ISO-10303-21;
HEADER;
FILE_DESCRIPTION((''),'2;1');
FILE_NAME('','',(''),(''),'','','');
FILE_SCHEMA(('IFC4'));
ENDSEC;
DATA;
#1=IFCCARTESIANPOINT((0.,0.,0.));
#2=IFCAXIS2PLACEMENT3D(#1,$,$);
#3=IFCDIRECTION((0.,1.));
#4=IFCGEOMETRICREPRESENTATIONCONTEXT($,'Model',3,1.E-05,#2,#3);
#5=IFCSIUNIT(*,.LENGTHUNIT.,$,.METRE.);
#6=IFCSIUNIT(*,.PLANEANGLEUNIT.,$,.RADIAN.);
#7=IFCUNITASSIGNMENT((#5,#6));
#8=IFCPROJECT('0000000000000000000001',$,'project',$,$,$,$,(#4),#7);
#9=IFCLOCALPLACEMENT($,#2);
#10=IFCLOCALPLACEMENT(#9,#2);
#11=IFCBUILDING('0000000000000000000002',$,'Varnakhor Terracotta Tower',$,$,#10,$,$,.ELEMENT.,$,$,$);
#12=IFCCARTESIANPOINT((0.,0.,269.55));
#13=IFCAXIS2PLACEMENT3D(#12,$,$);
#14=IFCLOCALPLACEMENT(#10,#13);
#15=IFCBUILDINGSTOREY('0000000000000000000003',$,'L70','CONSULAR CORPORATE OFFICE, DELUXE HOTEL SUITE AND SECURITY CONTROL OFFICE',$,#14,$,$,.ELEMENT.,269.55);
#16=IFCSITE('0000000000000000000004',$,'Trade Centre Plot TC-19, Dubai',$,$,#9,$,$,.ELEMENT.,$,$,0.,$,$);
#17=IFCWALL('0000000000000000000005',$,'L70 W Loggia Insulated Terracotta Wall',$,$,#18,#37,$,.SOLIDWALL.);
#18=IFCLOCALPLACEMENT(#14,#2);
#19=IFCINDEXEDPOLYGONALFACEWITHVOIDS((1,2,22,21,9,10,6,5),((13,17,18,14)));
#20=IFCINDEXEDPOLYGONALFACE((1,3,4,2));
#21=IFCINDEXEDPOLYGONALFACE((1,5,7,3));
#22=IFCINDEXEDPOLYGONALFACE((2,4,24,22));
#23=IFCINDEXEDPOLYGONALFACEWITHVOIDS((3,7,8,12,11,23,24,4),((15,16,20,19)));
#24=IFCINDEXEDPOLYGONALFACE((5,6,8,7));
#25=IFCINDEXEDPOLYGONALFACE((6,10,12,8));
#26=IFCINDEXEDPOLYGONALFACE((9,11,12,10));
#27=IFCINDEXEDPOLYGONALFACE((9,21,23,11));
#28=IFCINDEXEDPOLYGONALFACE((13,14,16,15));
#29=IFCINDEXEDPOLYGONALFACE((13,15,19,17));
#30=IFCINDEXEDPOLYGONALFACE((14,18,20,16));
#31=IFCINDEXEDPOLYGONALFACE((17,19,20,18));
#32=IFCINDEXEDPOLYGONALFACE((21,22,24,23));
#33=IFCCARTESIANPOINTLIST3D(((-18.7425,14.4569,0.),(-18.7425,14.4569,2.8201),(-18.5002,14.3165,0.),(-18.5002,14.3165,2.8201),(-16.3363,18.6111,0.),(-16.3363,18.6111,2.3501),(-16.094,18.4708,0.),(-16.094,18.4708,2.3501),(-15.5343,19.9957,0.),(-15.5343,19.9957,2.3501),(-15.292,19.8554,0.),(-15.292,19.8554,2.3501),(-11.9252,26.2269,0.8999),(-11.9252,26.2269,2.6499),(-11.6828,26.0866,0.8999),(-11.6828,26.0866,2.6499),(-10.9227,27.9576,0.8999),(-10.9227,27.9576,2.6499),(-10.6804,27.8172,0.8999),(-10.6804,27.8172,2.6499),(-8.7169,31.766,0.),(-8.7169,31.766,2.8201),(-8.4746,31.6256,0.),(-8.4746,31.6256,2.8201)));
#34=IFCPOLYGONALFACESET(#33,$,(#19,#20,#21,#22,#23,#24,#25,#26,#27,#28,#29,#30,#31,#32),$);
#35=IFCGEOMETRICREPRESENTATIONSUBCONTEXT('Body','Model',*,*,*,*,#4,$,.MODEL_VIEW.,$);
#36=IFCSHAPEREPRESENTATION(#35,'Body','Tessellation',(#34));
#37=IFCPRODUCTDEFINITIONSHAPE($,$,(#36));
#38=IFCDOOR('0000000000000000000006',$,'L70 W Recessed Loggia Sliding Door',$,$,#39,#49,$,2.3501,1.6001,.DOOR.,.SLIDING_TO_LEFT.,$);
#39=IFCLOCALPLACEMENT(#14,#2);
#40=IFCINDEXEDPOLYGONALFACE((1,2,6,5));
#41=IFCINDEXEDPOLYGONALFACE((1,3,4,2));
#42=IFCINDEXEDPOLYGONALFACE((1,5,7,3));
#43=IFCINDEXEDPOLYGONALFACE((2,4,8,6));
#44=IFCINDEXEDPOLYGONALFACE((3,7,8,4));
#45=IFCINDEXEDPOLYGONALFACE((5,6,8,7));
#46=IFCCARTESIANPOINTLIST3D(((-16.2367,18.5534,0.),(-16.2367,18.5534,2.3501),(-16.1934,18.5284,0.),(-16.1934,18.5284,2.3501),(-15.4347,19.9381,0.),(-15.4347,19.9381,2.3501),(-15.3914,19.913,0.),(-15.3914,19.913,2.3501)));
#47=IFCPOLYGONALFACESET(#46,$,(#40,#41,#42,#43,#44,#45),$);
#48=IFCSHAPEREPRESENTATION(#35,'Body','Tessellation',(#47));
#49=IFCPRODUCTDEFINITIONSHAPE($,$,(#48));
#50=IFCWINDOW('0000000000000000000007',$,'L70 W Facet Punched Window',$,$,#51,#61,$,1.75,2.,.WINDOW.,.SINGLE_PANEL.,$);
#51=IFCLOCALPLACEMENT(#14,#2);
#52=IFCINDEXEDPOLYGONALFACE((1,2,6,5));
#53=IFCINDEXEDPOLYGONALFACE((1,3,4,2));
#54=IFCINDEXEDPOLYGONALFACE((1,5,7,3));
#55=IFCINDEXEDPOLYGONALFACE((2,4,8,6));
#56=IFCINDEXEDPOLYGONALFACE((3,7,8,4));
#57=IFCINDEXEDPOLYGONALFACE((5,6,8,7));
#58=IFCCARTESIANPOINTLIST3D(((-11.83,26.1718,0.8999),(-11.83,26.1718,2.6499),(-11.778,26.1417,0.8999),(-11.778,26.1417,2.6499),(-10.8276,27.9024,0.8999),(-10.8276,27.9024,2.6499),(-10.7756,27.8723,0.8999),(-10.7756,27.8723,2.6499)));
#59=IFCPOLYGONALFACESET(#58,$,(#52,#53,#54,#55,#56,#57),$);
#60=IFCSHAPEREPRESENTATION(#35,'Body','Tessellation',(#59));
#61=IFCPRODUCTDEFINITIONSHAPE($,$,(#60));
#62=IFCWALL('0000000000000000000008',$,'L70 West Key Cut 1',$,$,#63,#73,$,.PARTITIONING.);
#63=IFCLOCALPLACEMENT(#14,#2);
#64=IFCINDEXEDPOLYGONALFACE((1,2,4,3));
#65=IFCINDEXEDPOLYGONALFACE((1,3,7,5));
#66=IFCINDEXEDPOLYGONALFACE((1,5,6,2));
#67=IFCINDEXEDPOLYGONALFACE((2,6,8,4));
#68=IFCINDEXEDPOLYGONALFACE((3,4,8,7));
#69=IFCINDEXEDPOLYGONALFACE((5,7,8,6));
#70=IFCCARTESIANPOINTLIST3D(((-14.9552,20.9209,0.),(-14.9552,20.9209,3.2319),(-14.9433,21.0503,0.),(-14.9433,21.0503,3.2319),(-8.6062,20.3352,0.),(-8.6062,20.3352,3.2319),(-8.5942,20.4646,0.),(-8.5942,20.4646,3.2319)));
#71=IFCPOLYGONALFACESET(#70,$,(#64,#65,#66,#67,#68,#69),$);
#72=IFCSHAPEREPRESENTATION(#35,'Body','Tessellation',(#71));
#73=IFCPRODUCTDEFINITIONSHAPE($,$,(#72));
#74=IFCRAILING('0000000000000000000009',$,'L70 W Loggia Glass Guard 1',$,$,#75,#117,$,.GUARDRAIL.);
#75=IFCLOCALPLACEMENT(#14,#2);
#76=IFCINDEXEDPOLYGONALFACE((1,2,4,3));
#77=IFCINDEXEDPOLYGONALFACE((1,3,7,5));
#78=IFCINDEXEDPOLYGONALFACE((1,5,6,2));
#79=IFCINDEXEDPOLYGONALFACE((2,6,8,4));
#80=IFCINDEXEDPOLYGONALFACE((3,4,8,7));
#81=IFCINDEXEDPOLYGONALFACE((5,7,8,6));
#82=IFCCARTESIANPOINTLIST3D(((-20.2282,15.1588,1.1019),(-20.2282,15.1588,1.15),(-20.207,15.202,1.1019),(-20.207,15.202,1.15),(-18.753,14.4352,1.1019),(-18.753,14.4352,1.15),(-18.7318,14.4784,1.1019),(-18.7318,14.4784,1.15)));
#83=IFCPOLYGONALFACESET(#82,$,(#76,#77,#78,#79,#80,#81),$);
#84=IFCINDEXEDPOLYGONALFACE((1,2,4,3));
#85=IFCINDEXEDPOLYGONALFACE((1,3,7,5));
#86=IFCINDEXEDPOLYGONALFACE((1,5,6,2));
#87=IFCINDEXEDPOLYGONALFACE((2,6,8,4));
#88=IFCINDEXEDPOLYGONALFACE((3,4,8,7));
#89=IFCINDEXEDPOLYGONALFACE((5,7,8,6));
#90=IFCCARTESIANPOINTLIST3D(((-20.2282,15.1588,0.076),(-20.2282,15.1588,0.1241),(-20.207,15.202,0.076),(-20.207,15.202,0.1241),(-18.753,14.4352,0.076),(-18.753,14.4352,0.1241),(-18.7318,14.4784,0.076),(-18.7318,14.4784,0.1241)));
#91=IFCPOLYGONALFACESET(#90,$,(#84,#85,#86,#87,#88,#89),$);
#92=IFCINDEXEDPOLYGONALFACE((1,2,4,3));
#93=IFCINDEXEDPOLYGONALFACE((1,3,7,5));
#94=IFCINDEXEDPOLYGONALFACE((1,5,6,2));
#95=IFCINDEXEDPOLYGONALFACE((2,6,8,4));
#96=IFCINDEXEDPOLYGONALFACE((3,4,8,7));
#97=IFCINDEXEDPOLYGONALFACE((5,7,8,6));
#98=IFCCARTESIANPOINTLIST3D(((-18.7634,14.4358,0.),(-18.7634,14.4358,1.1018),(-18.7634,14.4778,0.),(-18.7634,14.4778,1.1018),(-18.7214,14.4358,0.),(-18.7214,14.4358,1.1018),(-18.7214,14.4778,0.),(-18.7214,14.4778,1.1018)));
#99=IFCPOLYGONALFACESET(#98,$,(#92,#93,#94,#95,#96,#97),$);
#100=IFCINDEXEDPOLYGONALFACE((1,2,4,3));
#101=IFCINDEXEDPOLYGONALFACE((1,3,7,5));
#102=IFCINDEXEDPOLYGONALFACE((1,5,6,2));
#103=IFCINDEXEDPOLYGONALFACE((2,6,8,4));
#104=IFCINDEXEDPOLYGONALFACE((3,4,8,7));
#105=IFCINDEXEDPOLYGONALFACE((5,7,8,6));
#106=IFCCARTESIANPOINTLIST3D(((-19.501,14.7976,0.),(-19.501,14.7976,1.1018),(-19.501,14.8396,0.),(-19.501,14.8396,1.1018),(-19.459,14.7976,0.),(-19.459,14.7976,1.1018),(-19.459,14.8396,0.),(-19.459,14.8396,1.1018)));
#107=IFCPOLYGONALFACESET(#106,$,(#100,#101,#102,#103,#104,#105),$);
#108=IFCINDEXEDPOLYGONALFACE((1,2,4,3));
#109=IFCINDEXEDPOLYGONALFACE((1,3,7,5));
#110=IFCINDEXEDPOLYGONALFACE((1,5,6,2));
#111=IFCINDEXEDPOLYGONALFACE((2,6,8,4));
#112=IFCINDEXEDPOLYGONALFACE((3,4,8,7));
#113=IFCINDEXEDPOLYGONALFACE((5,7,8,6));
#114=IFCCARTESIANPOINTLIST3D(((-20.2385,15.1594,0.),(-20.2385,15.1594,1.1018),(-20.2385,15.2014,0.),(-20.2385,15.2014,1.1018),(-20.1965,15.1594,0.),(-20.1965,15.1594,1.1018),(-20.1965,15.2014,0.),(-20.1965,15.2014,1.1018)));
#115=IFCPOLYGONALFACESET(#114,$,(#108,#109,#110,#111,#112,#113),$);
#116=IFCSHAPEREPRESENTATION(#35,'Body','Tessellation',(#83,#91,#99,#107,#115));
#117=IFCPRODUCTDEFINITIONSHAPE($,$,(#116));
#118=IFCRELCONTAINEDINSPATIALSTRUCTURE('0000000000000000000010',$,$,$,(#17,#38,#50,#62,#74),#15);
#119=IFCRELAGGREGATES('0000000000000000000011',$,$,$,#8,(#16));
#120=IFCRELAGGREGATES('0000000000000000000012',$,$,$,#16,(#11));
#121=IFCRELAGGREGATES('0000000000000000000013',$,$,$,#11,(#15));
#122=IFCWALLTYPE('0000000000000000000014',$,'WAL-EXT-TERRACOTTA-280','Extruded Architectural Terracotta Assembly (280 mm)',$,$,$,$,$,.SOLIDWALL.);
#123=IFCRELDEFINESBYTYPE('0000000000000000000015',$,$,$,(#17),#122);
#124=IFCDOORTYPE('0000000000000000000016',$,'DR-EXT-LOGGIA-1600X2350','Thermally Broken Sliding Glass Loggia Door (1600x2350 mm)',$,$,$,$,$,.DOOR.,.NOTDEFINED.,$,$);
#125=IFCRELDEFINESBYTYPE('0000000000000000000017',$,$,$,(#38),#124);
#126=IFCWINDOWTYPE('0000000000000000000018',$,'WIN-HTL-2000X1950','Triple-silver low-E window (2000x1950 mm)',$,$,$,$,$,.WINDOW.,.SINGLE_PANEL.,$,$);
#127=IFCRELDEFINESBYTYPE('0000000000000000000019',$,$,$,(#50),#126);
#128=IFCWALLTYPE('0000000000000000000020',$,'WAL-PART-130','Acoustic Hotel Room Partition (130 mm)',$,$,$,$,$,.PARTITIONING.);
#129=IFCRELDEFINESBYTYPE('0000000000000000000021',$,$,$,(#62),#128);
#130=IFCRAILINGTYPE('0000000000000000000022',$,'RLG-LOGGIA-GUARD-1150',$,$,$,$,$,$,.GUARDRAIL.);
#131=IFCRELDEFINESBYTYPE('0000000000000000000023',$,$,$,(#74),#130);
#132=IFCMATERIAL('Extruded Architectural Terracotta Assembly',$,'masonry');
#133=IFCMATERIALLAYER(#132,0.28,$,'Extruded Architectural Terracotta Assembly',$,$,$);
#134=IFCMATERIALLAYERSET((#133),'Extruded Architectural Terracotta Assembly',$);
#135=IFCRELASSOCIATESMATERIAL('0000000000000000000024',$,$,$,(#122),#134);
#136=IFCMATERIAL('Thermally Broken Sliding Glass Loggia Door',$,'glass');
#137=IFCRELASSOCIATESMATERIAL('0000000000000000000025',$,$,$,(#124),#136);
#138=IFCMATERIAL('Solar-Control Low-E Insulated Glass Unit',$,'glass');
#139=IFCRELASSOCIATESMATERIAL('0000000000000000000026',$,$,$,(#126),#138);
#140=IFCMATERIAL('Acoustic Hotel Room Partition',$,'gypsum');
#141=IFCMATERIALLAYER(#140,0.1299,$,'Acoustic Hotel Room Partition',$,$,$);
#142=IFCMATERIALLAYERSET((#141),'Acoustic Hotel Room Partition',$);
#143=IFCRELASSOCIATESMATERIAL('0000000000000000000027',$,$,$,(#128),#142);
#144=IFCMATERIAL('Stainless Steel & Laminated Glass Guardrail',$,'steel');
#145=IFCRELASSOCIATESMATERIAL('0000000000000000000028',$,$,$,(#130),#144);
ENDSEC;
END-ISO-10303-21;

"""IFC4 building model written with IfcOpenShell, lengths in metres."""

from ifc_helpers import new_model, si_unit, direction, frame, frame_2d, origin, origin_2d, place, context, subcontext, project, spatial, rectangle, extrude, source, transform, mapped, material, layer, layer_set, type_object, type_shapes, element, fill, save


model = new_model("IFC4")

# Units and contexts
model_context = context("Model", 3, precision=1e-05, world=origin(), true_north=direction((0.0, 1.0)))
body_context = subcontext(model_context, "Body", "Model", "MODEL_VIEW")
ifc_project = project(units=[si_unit("LENGTHUNIT", "METRE"), si_unit("PLANEANGLEUNIT", "RADIAN")], contexts=[model_context])

# Site, building, storey
site_placement = place(None, origin())
site = spatial("IfcSite", under=ifc_project, at=site_placement, Name="Trade Centre Plot TC-19, Dubai", CompositionType="ELEMENT", RefElevation=0.0)
building_placement = place(site_placement, origin())
building = spatial("IfcBuilding", under=site, at=building_placement, Name="Varnakhor Terracotta Tower", CompositionType="ELEMENT")
storey_placement = place(building_placement, frame((0.0, 0.0, 269.55)))
storey = spatial("IfcBuildingStorey", under=building, at=storey_placement, Name="L70", Description="CONSULAR CORPORATE OFFICE, DELUXE HOTEL SUITE AND SECURITY CONTROL OFFICE", CompositionType="ELEMENT", Elevation=269.55)

# Wall, openings, door, window
ifc_material_1 = material(Name="Extruded Architectural Terracotta Assembly", Category="masonry")
ifc_layer_1 = layer(ifc_material_1, 0.28, Name="Extruded Architectural Terracotta Assembly")
ifc_layer_set_1 = layer_set([ifc_layer_1], Name="Extruded Architectural Terracotta Assembly")
wall_type_1 = type_object("IfcWallType", Name="WAL-EXT-TERRACOTTA-280", Description="Extruded Architectural Terracotta Assembly (280 mm)", PredefinedType="SOLIDWALL", material=ifc_layer_set_1)
wall_1_placement = place(storey_placement, frame((-18.6213, 14.3867, 0.0), z_axis=(0.0, 0.0, 1.0), x_axis=(0.501208, 0.865327, 0.0)))
wall_1 = element("IfcWall", 1, at=wall_1_placement, inside=storey, type_object=wall_type_1, Name="L70 W Loggia Insulated Terracotta Wall", PredefinedType="SOLIDWALL", context=body_context, shape_type="SweptSolid", body=[
    extrude(rectangle(XDim=20.0029, YDim=0.28, at=frame_2d((10.0015, 0.0))), origin(), (0.0, 0.0, 1.0), 2.8201),
])
opening_1_placement = place(wall_1_placement, frame((4.8008, 0.0, 0.0)))
opening_1 = element("IfcOpeningElement", 2, at=opening_1_placement, cuts=wall_1, PredefinedType="OPENING", context=body_context, shape_type="SweptSolid", body=[
    extrude(rectangle(XDim=1.6001, YDim=2.3501, at=frame_2d((0.8, 1.175))), frame((0.0, 0.1499, 0.0), z_axis=(0.0, -1.0, 0.0), x_axis=(1.0, 0.0, 0.0)), (0.0, 0.0, 1.0), 0.3),
])
opening_2_placement = place(wall_1_placement, frame((13.6018, 0.0, 0.8999)))
opening_2 = element("IfcOpeningElement", 3, at=opening_2_placement, cuts=wall_1, PredefinedType="OPENING", context=body_context, shape_type="SweptSolid", body=[
    extrude(rectangle(XDim=2.0, YDim=1.75, at=frame_2d((1.0, 0.875))), frame((0.0, 0.1499, 0.0), z_axis=(0.0, -1.0, 0.0), x_axis=(1.0, 0.0, 0.0)), (0.0, 0.0, 1.0), 0.3),
])
ifc_material_2 = material(Name="Thermally Broken Sliding Glass Loggia Door", Category="glass")
door_type_1 = type_object("IfcDoorType", Name="DR-EXT-LOGGIA-1600X2350", Description="Thermally Broken Sliding Glass Loggia Door (1600x2350 mm)", OperationType="NOTDEFINED", PredefinedType="DOOR", material=ifc_material_2)
shared_shape_1 = source(origin(), body_context, "Body", "SweptSolid", [
    extrude(rectangle(XDim=1.6001, YDim=2.3501, at=frame_2d((0.8, 1.175))), frame((0.0, 0.0249, 0.0), z_axis=(0.0, -1.0, 0.0), x_axis=(1.0, 0.0, 0.0)), (0.0, 0.0, 1.0), 0.05),
])
type_shapes(door_type_1, [shared_shape_1])
door_1_placement = place(opening_1_placement, origin())
door_1 = element("IfcDoor", 4, at=door_1_placement, inside=storey, type_object=door_type_1, Name="L70 W Recessed Loggia Sliding Door", OperationType="SLIDING_TO_LEFT", OverallHeight=2.3501, OverallWidth=1.6001, PredefinedType="DOOR", context=body_context, shape_type="MappedRepresentation", body=[
    mapped(shared_shape_1, transform((0.0, 0.0, 0.0), scale=1.0)),
])
fill(opening_1, door_1)
ifc_material_3 = material(Name="Solar-Control Low-E Insulated Glass Unit", Category="glass")
window_type = type_object("IfcWindowType", Name="WIN-HTL-2000X1950", Description="Triple-silver low-E window (2000x1950 mm)", PartitioningType="SINGLE_PANEL", PredefinedType="WINDOW", material=ifc_material_3)
shared_shape_2 = source(origin(), body_context, "Body", "SweptSolid", [
    extrude(rectangle(XDim=2.0, YDim=1.75, at=frame_2d((1.0, 0.875))), frame((0.0, 0.03, 0.0), z_axis=(0.0, -1.0, 0.0), x_axis=(1.0, 0.0, 0.0)), (0.0, 0.0, 1.0), 0.0601),
])
type_shapes(window_type, [shared_shape_2])
window_placement = place(opening_2_placement, origin())
window = element("IfcWindow", 5, at=window_placement, inside=storey, type_object=window_type, Name="L70 W Facet Punched Window", OverallHeight=1.75, OverallWidth=2.0, PartitioningType="SINGLE_PANEL", PredefinedType="WINDOW", context=body_context, shape_type="MappedRepresentation", body=[
    mapped(shared_shape_2, transform((0.0, 0.0, 0.0), scale=1.0)),
])
fill(opening_2, window)

# Wall
ifc_material_4 = material(Name="Acoustic Hotel Room Partition", Category="gypsum")
ifc_layer_2 = layer(ifc_material_4, 0.1299, Name="Acoustic Hotel Room Partition")
ifc_layer_set_2 = layer_set([ifc_layer_2], Name="Acoustic Hotel Room Partition")
wall_type_2 = type_object("IfcWallType", Name="WAL-PART-130", Description="Acoustic Hotel Room Partition (130 mm)", PredefinedType="PARTITIONING", material=ifc_layer_set_2)
wall_2_placement = place(storey_placement, frame((-14.9492, 20.9856, 0.0), z_axis=(0.0, 0.0, 1.0), x_axis=(0.995772, -0.091858, 0.0)))
element("IfcWall", 6, at=wall_2_placement, inside=storey, type_object=wall_type_2, Name="L70 West Key Cut 1", PredefinedType="PARTITIONING", context=body_context, shape_type="SweptSolid", body=[
    extrude(rectangle(XDim=6.376, YDim=0.1299, at=frame_2d((3.188, 0.0))), origin(), (0.0, 0.0, 1.0), 3.2319),
])

# Railing
ifc_material_5 = material(Name="Stainless Steel & Laminated Glass Guardrail", Category="steel")
railing_type = type_object("IfcRailingType", Name="RLG-LOGGIA-GUARD-1150", PredefinedType="GUARDRAIL", material=ifc_material_5)
railing_1_placement = place(storey_placement, frame((-18.7424, 14.4568, 0.0)))
element("IfcRailing", 7, at=railing_1_placement, inside=storey, type_object=railing_type, Name="L70 W Loggia Glass Guard 1", PredefinedType="GUARDRAIL", context=body_context, shape_type="SweptSolid", body=[
    extrude(rectangle(XDim=0.0481, YDim=0.0481, at=origin_2d()), frame((0.0, 0.0, 1.126), z_axis=(-0.897789, 0.440425, 0.0), x_axis=(-0.440425, -0.897789, 0.0)), (0.0, 0.0, 1.0), 1.6431),
    extrude(rectangle(XDim=0.0481, YDim=0.0481, at=origin_2d()), frame((0.0, 0.0, 0.1001), z_axis=(-0.897789, 0.440425, 0.0), x_axis=(-0.440425, -0.897789, 0.0)), (0.0, 0.0, 1.0), 1.6431),
    extrude(rectangle(XDim=0.042, YDim=0.042, at=origin_2d()), origin(), (0.0, 0.0, 1.0), 1.1018),
    extrude(rectangle(XDim=0.042, YDim=0.042, at=origin_2d()), frame((-0.7375, 0.3618, 0.0)), (0.0, 0.0, 1.0), 1.1018),
    extrude(rectangle(XDim=0.042, YDim=0.042, at=origin_2d()), frame((-1.4751, 0.7236, 0.0)), (0.0, 0.0, 1.0), 1.1018),
])

save(model, "model.ifc")
